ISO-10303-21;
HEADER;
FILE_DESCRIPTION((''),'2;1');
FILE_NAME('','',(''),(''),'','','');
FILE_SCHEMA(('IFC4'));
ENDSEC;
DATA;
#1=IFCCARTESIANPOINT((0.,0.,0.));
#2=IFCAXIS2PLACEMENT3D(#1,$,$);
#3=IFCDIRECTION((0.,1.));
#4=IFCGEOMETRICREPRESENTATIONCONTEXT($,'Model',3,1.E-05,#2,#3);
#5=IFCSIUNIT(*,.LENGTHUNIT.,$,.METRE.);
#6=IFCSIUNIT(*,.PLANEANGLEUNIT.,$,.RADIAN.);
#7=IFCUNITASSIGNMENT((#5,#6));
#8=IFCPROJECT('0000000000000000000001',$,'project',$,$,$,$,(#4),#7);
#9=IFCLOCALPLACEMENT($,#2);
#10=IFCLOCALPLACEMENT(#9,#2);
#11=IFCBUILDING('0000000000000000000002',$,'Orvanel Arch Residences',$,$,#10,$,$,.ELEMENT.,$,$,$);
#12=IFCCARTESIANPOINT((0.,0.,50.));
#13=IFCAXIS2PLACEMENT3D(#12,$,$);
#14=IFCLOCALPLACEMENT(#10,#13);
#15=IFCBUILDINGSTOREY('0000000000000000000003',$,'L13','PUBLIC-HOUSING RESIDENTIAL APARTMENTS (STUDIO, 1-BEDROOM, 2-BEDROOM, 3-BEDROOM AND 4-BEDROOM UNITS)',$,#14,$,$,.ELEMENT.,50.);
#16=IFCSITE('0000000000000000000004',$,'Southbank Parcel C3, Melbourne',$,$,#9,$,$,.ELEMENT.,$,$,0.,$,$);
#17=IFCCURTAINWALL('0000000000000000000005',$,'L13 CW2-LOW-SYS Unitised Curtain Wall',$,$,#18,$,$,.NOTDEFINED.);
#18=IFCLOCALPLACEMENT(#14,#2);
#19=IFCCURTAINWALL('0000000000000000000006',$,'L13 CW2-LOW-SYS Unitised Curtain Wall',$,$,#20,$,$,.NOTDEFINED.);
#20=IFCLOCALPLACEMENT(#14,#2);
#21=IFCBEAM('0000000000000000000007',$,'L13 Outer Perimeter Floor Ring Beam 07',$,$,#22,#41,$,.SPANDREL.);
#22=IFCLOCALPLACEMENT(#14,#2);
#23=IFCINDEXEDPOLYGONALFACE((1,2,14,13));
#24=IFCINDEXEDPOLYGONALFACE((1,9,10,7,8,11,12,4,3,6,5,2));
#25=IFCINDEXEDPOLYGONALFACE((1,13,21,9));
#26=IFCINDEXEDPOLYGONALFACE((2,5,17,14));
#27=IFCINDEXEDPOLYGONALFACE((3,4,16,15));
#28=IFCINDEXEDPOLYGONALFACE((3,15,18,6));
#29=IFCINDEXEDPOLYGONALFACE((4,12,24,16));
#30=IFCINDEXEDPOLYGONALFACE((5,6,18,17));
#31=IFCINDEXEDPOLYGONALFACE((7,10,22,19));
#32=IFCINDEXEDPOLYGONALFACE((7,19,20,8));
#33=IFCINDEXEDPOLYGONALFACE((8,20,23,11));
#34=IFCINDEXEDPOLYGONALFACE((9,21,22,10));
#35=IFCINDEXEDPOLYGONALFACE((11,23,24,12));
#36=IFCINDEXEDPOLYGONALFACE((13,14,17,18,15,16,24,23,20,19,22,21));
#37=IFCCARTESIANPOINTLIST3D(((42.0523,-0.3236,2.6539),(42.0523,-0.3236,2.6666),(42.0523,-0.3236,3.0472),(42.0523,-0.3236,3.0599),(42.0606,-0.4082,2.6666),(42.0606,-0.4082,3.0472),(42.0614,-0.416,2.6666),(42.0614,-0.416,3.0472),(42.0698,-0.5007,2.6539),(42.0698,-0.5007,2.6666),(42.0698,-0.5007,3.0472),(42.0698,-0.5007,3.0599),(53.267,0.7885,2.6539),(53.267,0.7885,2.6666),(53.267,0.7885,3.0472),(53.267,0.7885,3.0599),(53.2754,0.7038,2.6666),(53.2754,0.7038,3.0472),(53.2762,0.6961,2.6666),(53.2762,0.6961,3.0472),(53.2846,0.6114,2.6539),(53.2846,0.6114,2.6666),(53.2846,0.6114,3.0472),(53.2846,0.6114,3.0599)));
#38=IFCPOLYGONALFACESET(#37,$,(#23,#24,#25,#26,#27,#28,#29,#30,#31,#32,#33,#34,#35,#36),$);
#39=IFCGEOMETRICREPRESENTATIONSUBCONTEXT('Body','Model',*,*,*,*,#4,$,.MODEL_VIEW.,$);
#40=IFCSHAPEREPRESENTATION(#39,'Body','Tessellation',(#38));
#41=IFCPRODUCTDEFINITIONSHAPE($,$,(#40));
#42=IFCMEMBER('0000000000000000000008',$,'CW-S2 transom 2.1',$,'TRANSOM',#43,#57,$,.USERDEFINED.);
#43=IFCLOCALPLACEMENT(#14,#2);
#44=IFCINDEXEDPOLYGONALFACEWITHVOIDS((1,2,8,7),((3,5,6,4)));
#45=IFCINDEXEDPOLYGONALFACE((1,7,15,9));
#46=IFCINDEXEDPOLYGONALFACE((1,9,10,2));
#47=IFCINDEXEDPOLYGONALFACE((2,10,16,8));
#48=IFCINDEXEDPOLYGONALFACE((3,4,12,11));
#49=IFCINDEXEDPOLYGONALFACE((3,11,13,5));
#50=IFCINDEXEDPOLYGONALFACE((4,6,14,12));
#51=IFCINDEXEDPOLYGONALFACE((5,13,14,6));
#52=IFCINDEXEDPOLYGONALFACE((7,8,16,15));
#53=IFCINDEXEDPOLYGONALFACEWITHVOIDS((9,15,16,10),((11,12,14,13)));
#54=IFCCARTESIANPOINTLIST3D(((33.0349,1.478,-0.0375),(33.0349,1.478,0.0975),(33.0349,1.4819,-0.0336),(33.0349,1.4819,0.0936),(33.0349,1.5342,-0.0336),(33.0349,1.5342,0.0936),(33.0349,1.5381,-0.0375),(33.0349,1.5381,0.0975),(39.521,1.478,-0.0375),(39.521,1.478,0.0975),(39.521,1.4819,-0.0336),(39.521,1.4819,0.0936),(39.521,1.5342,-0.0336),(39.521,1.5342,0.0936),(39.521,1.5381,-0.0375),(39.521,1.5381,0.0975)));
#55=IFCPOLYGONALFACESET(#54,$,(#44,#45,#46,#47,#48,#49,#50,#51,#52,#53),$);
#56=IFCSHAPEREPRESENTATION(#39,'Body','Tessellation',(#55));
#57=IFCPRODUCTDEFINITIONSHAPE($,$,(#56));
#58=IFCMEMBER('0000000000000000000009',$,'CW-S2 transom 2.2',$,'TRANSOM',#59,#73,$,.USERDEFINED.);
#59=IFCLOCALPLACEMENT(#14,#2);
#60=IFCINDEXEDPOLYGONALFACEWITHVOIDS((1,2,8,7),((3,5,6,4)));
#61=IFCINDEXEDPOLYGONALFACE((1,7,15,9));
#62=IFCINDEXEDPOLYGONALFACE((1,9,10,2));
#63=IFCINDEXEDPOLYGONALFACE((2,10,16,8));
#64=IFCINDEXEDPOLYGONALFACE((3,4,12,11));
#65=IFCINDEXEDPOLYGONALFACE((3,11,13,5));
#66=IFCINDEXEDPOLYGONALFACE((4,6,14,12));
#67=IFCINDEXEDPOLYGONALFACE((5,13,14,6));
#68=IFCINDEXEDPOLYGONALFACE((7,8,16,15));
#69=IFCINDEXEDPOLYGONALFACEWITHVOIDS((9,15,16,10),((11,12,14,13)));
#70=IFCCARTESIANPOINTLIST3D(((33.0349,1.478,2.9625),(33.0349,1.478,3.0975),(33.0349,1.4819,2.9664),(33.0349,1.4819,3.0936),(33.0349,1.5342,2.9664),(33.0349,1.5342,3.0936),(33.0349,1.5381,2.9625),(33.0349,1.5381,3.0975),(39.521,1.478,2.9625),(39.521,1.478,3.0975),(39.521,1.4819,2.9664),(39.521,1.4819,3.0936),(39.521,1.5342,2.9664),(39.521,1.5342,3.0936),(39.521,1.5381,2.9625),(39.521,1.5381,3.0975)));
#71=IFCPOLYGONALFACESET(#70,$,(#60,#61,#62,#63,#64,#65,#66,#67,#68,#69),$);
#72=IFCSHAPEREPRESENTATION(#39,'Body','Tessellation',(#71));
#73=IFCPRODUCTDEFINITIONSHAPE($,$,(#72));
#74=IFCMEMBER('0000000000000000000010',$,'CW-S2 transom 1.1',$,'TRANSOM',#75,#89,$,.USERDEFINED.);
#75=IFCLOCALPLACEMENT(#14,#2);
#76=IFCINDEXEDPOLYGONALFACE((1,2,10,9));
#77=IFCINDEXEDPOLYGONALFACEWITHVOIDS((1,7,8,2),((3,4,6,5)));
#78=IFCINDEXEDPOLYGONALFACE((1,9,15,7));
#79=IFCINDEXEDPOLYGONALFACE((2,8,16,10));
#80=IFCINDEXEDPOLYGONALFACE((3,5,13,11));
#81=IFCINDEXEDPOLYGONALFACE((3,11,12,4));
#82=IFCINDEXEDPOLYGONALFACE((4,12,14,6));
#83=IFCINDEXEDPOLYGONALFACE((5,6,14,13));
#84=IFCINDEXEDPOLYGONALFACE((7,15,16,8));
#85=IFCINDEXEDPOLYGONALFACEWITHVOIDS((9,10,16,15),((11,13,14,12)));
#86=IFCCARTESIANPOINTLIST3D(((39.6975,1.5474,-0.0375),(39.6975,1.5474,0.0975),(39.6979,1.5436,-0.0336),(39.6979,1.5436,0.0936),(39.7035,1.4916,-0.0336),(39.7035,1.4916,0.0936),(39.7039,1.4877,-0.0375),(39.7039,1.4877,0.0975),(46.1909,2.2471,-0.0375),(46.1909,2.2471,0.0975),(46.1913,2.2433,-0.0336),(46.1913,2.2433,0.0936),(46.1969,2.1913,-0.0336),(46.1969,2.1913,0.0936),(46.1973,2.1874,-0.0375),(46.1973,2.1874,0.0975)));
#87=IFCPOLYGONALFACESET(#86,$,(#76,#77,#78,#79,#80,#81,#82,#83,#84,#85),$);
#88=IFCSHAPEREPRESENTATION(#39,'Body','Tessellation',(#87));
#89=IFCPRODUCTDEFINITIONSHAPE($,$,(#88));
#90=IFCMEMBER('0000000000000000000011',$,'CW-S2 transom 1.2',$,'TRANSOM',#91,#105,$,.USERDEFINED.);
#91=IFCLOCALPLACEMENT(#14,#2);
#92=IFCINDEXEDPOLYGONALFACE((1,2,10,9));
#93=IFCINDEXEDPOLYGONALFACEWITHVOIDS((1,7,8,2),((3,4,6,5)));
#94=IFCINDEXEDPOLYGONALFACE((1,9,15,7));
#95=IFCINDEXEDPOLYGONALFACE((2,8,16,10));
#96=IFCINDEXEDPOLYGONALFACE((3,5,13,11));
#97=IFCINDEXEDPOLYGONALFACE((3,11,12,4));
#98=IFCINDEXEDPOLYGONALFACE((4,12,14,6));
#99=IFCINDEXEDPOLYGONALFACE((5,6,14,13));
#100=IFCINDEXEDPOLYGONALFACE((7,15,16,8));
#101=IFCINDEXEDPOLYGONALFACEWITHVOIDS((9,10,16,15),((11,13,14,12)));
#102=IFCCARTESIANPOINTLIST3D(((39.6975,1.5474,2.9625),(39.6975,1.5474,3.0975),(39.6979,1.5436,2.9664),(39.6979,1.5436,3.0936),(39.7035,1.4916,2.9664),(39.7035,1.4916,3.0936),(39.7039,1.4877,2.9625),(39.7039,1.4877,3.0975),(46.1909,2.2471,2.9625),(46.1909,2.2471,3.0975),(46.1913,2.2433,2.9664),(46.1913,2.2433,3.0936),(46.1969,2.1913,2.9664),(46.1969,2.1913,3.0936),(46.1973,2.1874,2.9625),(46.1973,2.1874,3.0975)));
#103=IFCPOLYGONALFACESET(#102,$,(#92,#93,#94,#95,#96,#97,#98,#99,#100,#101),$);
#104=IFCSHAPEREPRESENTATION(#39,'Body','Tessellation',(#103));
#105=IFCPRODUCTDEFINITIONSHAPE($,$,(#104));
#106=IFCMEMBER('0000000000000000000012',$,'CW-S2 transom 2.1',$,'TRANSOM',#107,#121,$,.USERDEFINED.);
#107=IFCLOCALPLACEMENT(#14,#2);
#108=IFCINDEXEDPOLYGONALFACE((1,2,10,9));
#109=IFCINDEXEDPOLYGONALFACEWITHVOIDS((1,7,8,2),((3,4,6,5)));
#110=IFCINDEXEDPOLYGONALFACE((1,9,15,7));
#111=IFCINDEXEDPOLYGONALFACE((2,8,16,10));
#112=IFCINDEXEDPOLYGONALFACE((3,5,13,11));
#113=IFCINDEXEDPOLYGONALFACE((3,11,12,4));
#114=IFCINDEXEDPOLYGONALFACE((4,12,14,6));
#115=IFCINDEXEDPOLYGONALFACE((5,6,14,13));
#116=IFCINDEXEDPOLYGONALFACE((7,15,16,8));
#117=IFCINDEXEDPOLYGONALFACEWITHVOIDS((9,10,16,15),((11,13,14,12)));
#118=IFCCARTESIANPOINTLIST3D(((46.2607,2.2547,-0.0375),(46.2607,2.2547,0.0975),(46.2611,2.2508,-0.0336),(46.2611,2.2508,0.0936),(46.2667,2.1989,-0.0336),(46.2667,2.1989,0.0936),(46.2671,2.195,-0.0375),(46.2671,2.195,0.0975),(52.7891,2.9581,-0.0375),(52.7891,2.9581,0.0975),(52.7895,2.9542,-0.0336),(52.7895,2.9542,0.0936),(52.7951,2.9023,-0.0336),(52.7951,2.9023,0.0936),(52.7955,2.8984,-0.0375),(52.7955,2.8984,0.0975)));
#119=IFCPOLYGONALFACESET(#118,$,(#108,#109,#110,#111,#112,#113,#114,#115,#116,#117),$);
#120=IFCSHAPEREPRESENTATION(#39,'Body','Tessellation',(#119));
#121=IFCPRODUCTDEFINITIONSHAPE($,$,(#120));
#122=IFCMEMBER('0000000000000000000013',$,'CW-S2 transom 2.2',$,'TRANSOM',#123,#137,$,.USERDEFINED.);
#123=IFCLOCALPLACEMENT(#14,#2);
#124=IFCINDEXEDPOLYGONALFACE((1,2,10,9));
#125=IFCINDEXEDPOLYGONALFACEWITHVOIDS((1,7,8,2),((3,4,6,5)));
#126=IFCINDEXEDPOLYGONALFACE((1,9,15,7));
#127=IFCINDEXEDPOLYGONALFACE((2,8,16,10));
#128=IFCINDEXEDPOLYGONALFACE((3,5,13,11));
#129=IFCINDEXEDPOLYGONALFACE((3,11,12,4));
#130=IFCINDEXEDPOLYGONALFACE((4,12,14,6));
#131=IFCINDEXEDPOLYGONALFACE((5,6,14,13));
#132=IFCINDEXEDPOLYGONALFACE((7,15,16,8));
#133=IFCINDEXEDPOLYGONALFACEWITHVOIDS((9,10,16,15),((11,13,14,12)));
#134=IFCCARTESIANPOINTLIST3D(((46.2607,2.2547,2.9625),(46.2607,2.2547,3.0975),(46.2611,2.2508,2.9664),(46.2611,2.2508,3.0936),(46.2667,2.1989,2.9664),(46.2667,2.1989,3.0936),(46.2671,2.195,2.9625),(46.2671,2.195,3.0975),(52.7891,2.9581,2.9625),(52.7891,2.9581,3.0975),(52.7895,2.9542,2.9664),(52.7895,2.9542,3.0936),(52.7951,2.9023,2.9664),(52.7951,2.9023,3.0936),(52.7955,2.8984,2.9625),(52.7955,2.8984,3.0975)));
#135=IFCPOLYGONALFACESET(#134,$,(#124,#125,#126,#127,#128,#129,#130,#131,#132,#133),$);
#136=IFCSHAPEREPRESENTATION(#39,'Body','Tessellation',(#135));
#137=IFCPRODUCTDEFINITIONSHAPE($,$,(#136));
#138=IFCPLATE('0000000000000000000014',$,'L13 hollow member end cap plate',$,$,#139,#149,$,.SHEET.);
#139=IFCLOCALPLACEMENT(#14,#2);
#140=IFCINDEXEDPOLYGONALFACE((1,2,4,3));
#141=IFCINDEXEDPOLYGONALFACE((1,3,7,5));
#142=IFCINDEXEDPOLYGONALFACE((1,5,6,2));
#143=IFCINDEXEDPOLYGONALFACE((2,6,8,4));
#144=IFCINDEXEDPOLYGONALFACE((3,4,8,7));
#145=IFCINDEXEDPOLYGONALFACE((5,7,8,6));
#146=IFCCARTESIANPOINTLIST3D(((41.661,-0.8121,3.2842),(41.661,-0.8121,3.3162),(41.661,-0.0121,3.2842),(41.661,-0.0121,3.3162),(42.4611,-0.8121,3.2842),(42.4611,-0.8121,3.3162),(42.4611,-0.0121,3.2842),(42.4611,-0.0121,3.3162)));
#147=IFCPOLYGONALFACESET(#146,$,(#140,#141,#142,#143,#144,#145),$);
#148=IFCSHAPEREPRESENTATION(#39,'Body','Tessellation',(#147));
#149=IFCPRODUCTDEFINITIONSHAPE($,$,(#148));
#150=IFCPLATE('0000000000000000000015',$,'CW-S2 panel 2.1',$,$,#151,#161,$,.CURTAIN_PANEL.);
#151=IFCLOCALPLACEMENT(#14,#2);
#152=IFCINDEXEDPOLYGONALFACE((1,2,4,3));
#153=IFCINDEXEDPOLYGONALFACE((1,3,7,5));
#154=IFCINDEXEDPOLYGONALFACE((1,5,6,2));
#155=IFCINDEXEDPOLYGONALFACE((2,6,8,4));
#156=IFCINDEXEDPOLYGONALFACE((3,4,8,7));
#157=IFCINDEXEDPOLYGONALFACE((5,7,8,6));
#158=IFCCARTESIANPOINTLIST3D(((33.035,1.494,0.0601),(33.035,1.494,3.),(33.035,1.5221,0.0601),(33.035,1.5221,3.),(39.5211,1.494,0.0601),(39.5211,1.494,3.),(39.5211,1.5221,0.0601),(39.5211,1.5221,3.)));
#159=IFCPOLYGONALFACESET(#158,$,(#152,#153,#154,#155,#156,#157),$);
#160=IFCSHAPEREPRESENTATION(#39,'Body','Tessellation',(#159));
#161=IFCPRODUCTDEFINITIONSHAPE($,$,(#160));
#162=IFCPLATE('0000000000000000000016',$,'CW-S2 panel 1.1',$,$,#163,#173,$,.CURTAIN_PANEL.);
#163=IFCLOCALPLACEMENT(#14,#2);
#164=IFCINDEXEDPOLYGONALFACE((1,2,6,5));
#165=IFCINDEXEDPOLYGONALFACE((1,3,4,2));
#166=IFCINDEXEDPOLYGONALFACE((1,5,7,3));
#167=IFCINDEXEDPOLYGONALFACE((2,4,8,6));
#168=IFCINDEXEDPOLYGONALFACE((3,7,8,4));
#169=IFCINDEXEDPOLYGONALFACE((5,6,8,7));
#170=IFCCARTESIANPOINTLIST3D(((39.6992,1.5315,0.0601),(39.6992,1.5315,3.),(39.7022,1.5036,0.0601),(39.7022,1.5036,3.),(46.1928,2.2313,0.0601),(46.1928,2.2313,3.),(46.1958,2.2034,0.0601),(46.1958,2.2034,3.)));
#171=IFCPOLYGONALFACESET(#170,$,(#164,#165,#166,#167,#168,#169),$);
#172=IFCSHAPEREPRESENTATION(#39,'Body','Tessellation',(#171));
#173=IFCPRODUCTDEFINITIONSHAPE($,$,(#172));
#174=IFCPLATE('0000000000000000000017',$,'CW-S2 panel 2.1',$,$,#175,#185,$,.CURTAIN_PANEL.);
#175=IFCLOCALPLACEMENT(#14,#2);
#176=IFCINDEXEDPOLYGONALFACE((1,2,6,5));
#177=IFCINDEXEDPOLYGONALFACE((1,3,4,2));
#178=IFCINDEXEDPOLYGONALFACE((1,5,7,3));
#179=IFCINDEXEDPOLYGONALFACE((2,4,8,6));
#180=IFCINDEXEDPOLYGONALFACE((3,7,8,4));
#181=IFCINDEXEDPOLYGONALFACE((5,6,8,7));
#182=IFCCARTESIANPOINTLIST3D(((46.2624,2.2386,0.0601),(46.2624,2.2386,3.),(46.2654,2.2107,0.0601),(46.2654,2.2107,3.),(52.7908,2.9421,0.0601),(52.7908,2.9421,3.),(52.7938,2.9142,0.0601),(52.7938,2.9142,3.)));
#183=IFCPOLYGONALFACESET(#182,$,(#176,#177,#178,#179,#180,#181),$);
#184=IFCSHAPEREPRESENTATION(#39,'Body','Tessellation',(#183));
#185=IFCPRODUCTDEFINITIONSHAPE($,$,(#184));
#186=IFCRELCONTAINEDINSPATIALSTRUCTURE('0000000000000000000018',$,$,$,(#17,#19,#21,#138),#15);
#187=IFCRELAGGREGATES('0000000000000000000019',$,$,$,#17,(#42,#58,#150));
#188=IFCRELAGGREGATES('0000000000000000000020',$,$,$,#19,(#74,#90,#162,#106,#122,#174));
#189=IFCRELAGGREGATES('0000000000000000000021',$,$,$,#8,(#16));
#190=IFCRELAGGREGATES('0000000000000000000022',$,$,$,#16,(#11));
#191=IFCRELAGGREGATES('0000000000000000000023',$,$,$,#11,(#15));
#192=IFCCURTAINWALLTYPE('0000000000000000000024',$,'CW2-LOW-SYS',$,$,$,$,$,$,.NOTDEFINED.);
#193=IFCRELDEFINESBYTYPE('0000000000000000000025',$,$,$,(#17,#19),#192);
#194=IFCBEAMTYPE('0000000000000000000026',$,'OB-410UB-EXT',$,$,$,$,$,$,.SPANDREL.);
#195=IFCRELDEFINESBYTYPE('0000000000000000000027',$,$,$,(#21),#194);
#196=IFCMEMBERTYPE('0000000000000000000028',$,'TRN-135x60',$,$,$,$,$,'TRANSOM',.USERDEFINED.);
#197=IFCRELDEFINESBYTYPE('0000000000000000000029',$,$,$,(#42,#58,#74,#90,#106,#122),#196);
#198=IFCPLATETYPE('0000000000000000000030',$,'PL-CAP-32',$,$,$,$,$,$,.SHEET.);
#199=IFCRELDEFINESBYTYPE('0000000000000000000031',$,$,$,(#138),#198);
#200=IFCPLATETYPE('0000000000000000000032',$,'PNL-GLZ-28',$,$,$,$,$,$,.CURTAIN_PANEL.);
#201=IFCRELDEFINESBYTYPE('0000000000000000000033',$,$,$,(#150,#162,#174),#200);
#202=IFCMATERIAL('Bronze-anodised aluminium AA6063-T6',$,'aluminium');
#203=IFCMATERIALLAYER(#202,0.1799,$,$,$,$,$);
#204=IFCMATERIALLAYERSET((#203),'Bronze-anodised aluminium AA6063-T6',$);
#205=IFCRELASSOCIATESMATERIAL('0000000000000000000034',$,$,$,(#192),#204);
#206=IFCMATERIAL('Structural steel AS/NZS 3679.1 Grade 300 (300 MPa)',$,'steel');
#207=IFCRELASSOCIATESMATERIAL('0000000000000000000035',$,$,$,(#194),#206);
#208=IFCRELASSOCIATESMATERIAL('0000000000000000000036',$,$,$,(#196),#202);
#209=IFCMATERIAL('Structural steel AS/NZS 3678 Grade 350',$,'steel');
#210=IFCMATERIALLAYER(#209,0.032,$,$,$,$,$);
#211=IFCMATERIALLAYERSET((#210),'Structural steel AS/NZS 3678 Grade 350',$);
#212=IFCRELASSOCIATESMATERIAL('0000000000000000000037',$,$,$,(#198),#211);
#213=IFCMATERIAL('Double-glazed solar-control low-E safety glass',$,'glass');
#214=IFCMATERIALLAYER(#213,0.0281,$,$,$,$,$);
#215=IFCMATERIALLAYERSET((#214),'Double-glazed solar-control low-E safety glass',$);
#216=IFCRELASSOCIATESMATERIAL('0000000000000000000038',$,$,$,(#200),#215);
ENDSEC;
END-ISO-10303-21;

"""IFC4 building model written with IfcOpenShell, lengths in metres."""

from ifc_helpers import new_model, si_unit, direction, frame, origin, origin_2d, place, context, subcontext, project, spatial, rectangle, hollow_rectangle, i_section, extrude, material, layer, layer_set, material_profile, profile_set, type_object, element, aggregate, save


model = new_model("IFC4")

# Units and contexts
model_context = context("Model", 3, precision=1e-05, world=origin(), true_north=direction((0.0, 1.0)))
body_context = subcontext(model_context, "Body", "Model", "MODEL_VIEW")
ifc_project = project(units=[si_unit("LENGTHUNIT", "METRE"), si_unit("PLANEANGLEUNIT", "RADIAN")], contexts=[model_context])

# Site, building, storey
site_placement = place(None, origin())
site = spatial("IfcSite", under=ifc_project, at=site_placement, Name="Southbank Parcel C3, Melbourne", CompositionType="ELEMENT", RefElevation=0.0)
building_placement = place(site_placement, origin())
building = spatial("IfcBuilding", under=site, at=building_placement, Name="Orvanel Arch Residences", CompositionType="ELEMENT")
storey_placement = place(building_placement, frame((0.0, 0.0, 50.0)))
storey = spatial("IfcBuildingStorey", under=building, at=storey_placement, Name="L13", Description="PUBLIC-HOUSING RESIDENTIAL APARTMENTS (STUDIO, 1-BEDROOM, 2-BEDROOM, 3-BEDROOM AND 4-BEDROOM UNITS)", CompositionType="ELEMENT", Elevation=50.0)

# Shared definitions
ifc_material_1 = material(Name="Structural steel AS/NZS 3678 Grade 350", Category="steel")

# Curtain walls
ifc_material_2 = material(Name="Bronze-anodised aluminium AA6063-T6", Category="aluminium")
ifc_layer_1 = layer(ifc_material_2, 0.1799)
ifc_layer_set_1 = layer_set([ifc_layer_1], Name="Bronze-anodised aluminium AA6063-T6")
curtain_wall_type = type_object("IfcCurtainWallType", Name="CW2-LOW-SYS", PredefinedType="NOTDEFINED", material=ifc_layer_set_1)
curtain_wall_1_placement = place(storey_placement, origin())
curtain_wall_1 = element("IfcCurtainWall", 1, at=curtain_wall_1_placement, inside=storey, type_object=curtain_wall_type, Name="L13 CW2-LOW-SYS Unitised Curtain Wall", PredefinedType="NOTDEFINED")
curtain_wall_2_placement = place(storey_placement, origin())
curtain_wall_2 = element("IfcCurtainWall", 2, at=curtain_wall_2_placement, inside=storey, type_object=curtain_wall_type, Name="L13 CW2-LOW-SYS Unitised Curtain Wall", PredefinedType="NOTDEFINED")

# Beam
ifc_material_3 = material(Name="Structural steel AS/NZS 3679.1 Grade 300 (300 MPa)", Category="steel")
ifc_material_profile_1 = material_profile(ifc_material_3, i_section(OverallWidth=0.178, OverallDepth=0.406, WebThickness=0.0078, FlangeThickness=0.0127, at=origin_2d()), Name="410UB59.7")
ifc_profile_set_1 = profile_set([ifc_material_profile_1], Name="Structural steel AS/NZS 3679.1 Grade 300 (300 MPa)")
beam_type = type_object("IfcBeamType", Name="OB-410UB-EXT", PredefinedType="SPANDREL", material=ifc_profile_set_1)
beam_1_placement = place(storey_placement, frame((42.061, -0.4121, 2.8569), z_axis=(0.99512, 0.098676, 0.0), x_axis=(-0.098676, 0.99512, 0.0)))
element("IfcBeam", 3, at=beam_1_placement, inside=storey, type_object=beam_type, Name="L13 Outer Perimeter Floor Ring Beam 07", PredefinedType="SPANDREL", context=body_context, shape_type="SweptSolid", body=[
    extrude(i_section(OverallWidth=0.178, OverallDepth=0.406, WebThickness=0.0078, FlangeThickness=0.0127, at=origin_2d()), origin(), (0.0, 0.0, 1.0), 11.2698),
])

# Members
ifc_material_profile_2 = material_profile(ifc_material_2, hollow_rectangle(XDim=0.0601, YDim=0.135, WallThickness=0.0039, at=origin_2d()), Name="ALU135x60x4")
ifc_profile_set_2 = profile_set([ifc_material_profile_2], Name="Bronze-anodised aluminium AA6063-T6")
member_type_1 = type_object("IfcMemberType", Name="TRN-135x60", ElementType="TRANSOM", PredefinedType="USERDEFINED", material=ifc_profile_set_2)
member_1_placement = place(storey_placement, frame((33.0349, 1.5081, 0.03), z_axis=(1.0, 0.0, 0.0), x_axis=(0.0, 1.0, 0.0)))
member_1 = element("IfcMember", 4, at=member_1_placement, type_object=member_type_1, Name="CW-S2 transom 2.1", ObjectType="TRANSOM", PredefinedType="USERDEFINED", context=body_context, shape_type="SweptSolid", body=[
    extrude(hollow_rectangle(XDim=0.0601, YDim=0.135, WallThickness=0.0039, at=origin_2d()), origin(), (0.0, 0.0, 1.0), 6.4861),
])
member_2_placement = place(storey_placement, frame((33.0349, 1.5081, 3.03), z_axis=(1.0, 0.0, 0.0), x_axis=(0.0, 1.0, 0.0)))
member_2 = element("IfcMember", 5, at=member_2_placement, type_object=member_type_1, Name="CW-S2 transom 2.2", ObjectType="TRANSOM", PredefinedType="USERDEFINED", context=body_context, shape_type="SweptSolid", body=[
    extrude(hollow_rectangle(XDim=0.0601, YDim=0.135, WallThickness=0.0039, at=origin_2d()), origin(), (0.0, 0.0, 1.0), 6.4861),
])
member_3_placement = place(storey_placement, frame((39.7007, 1.5176, 0.03), z_axis=(0.994244, 0.107136, 0.0), x_axis=(-0.107136, 0.994244, 0.0)))
member_3 = element("IfcMember", 6, at=member_3_placement, type_object=member_type_1, Name="CW-S2 transom 1.1", ObjectType="TRANSOM", PredefinedType="USERDEFINED", context=body_context, shape_type="SweptSolid", body=[
    extrude(hollow_rectangle(XDim=0.0601, YDim=0.135, WallThickness=0.0039, at=origin_2d()), origin(), (0.0, 0.0, 1.0), 6.531),
])
member_4_placement = place(storey_placement, frame((39.7007, 1.5176, 3.03), z_axis=(0.994244, 0.107136, 0.0), x_axis=(-0.107136, 0.994244, 0.0)))
member_4 = element("IfcMember", 7, at=member_4_placement, type_object=member_type_1, Name="CW-S2 transom 1.2", ObjectType="TRANSOM", PredefinedType="USERDEFINED", context=body_context, shape_type="SweptSolid", body=[
    extrude(hollow_rectangle(XDim=0.0601, YDim=0.135, WallThickness=0.0039, at=origin_2d()), origin(), (0.0, 0.0, 1.0), 6.531),
])
member_5_placement = place(storey_placement, frame((46.2639, 2.2249, 0.03), z_axis=(0.994246, 0.107121, 0.0), x_axis=(-0.107121, 0.994246, 0.0)))
member_5 = element("IfcMember", 8, at=member_5_placement, type_object=member_type_1, Name="CW-S2 transom 2.1", ObjectType="TRANSOM", PredefinedType="USERDEFINED", context=body_context, shape_type="SweptSolid", body=[
    extrude(hollow_rectangle(XDim=0.0601, YDim=0.135, WallThickness=0.0039, at=origin_2d()), origin(), (0.0, 0.0, 1.0), 6.5662),
])
member_6_placement = place(storey_placement, frame((46.2639, 2.2249, 3.03), z_axis=(0.994246, 0.107121, 0.0), x_axis=(-0.107121, 0.994246, 0.0)))
member_6 = element("IfcMember", 9, at=member_6_placement, type_object=member_type_1, Name="CW-S2 transom 2.2", ObjectType="TRANSOM", PredefinedType="USERDEFINED", context=body_context, shape_type="SweptSolid", body=[
    extrude(hollow_rectangle(XDim=0.0601, YDim=0.135, WallThickness=0.0039, at=origin_2d()), origin(), (0.0, 0.0, 1.0), 6.5662),
])

# Plates
ifc_layer_2 = layer(ifc_material_1, 0.032)
ifc_layer_set_2 = layer_set([ifc_layer_2], Name="Structural steel AS/NZS 3678 Grade 350")
plate_type_1 = type_object("IfcPlateType", Name="PL-CAP-32", PredefinedType="SHEET", material=ifc_layer_set_2)
plate_1_placement = place(storey_placement, frame((42.061, -0.4121, 3.2842), z_axis=(0.0, 0.0, 1.0), x_axis=(1.0, 0.0, 0.0)))
element("IfcPlate", 10, at=plate_1_placement, inside=storey, type_object=plate_type_1, Name="L13 hollow member end cap plate", PredefinedType="SHEET", context=body_context, shape_type="SweptSolid", body=[
    extrude(rectangle(XDim=0.8, YDim=0.8, at=origin_2d()), origin(), (0.0, 0.0, 1.0), 0.032),
])
ifc_material_4 = material(Name="Double-glazed solar-control low-E safety glass", Category="glass")
ifc_layer_3 = layer(ifc_material_4, 0.0281)
ifc_layer_set_3 = layer_set([ifc_layer_3], Name="Double-glazed solar-control low-E safety glass")
plate_type_2 = type_object("IfcPlateType", Name="PNL-GLZ-28", PredefinedType="CURTAIN_PANEL", material=ifc_layer_set_3)
plate_2_placement = place(storey_placement, frame((36.2781, 1.5081, 0.0601), z_axis=(0.0, 0.0, 1.0), x_axis=(1.0, 0.0, 0.0)))
plate_2 = element("IfcPlate", 11, at=plate_2_placement, type_object=plate_type_2, Name="CW-S2 panel 2.1", PredefinedType="CURTAIN_PANEL", context=body_context, shape_type="SweptSolid", body=[
    extrude(rectangle(XDim=6.4861, YDim=0.0281, at=origin_2d()), origin(), (0.0, 0.0, 1.0), 2.9399),
])
aggregate(curtain_wall_1, [member_1, member_2, plate_2])
plate_3_placement = place(storey_placement, frame((42.9475, 1.8674, 0.0601), z_axis=(0.0, 0.0, 1.0), x_axis=(0.994244, 0.10714, 0.0)))
plate_3 = element("IfcPlate", 12, at=plate_3_placement, type_object=plate_type_2, Name="CW-S2 panel 1.1", PredefinedType="CURTAIN_PANEL", context=body_context, shape_type="SweptSolid", body=[
    extrude(rectangle(XDim=6.5312, YDim=0.0281, at=origin_2d()), origin(), (0.0, 0.0, 1.0), 2.9399),
])
plate_4_placement = place(storey_placement, frame((49.5281, 2.5764, 0.0601), z_axis=(0.0, 0.0, 1.0), x_axis=(0.994244, 0.10714, 0.0)))
plate_4 = element("IfcPlate", 13, at=plate_4_placement, type_object=plate_type_2, Name="CW-S2 panel 2.1", PredefinedType="CURTAIN_PANEL", context=body_context, shape_type="SweptSolid", body=[
    extrude(rectangle(XDim=6.5662, YDim=0.0281, at=origin_2d()), origin(), (0.0, 0.0, 1.0), 2.9399),
])
aggregate(curtain_wall_2, [member_3, member_4, plate_3, member_5, member_6, plate_4])

save(model, "model.ifc")
